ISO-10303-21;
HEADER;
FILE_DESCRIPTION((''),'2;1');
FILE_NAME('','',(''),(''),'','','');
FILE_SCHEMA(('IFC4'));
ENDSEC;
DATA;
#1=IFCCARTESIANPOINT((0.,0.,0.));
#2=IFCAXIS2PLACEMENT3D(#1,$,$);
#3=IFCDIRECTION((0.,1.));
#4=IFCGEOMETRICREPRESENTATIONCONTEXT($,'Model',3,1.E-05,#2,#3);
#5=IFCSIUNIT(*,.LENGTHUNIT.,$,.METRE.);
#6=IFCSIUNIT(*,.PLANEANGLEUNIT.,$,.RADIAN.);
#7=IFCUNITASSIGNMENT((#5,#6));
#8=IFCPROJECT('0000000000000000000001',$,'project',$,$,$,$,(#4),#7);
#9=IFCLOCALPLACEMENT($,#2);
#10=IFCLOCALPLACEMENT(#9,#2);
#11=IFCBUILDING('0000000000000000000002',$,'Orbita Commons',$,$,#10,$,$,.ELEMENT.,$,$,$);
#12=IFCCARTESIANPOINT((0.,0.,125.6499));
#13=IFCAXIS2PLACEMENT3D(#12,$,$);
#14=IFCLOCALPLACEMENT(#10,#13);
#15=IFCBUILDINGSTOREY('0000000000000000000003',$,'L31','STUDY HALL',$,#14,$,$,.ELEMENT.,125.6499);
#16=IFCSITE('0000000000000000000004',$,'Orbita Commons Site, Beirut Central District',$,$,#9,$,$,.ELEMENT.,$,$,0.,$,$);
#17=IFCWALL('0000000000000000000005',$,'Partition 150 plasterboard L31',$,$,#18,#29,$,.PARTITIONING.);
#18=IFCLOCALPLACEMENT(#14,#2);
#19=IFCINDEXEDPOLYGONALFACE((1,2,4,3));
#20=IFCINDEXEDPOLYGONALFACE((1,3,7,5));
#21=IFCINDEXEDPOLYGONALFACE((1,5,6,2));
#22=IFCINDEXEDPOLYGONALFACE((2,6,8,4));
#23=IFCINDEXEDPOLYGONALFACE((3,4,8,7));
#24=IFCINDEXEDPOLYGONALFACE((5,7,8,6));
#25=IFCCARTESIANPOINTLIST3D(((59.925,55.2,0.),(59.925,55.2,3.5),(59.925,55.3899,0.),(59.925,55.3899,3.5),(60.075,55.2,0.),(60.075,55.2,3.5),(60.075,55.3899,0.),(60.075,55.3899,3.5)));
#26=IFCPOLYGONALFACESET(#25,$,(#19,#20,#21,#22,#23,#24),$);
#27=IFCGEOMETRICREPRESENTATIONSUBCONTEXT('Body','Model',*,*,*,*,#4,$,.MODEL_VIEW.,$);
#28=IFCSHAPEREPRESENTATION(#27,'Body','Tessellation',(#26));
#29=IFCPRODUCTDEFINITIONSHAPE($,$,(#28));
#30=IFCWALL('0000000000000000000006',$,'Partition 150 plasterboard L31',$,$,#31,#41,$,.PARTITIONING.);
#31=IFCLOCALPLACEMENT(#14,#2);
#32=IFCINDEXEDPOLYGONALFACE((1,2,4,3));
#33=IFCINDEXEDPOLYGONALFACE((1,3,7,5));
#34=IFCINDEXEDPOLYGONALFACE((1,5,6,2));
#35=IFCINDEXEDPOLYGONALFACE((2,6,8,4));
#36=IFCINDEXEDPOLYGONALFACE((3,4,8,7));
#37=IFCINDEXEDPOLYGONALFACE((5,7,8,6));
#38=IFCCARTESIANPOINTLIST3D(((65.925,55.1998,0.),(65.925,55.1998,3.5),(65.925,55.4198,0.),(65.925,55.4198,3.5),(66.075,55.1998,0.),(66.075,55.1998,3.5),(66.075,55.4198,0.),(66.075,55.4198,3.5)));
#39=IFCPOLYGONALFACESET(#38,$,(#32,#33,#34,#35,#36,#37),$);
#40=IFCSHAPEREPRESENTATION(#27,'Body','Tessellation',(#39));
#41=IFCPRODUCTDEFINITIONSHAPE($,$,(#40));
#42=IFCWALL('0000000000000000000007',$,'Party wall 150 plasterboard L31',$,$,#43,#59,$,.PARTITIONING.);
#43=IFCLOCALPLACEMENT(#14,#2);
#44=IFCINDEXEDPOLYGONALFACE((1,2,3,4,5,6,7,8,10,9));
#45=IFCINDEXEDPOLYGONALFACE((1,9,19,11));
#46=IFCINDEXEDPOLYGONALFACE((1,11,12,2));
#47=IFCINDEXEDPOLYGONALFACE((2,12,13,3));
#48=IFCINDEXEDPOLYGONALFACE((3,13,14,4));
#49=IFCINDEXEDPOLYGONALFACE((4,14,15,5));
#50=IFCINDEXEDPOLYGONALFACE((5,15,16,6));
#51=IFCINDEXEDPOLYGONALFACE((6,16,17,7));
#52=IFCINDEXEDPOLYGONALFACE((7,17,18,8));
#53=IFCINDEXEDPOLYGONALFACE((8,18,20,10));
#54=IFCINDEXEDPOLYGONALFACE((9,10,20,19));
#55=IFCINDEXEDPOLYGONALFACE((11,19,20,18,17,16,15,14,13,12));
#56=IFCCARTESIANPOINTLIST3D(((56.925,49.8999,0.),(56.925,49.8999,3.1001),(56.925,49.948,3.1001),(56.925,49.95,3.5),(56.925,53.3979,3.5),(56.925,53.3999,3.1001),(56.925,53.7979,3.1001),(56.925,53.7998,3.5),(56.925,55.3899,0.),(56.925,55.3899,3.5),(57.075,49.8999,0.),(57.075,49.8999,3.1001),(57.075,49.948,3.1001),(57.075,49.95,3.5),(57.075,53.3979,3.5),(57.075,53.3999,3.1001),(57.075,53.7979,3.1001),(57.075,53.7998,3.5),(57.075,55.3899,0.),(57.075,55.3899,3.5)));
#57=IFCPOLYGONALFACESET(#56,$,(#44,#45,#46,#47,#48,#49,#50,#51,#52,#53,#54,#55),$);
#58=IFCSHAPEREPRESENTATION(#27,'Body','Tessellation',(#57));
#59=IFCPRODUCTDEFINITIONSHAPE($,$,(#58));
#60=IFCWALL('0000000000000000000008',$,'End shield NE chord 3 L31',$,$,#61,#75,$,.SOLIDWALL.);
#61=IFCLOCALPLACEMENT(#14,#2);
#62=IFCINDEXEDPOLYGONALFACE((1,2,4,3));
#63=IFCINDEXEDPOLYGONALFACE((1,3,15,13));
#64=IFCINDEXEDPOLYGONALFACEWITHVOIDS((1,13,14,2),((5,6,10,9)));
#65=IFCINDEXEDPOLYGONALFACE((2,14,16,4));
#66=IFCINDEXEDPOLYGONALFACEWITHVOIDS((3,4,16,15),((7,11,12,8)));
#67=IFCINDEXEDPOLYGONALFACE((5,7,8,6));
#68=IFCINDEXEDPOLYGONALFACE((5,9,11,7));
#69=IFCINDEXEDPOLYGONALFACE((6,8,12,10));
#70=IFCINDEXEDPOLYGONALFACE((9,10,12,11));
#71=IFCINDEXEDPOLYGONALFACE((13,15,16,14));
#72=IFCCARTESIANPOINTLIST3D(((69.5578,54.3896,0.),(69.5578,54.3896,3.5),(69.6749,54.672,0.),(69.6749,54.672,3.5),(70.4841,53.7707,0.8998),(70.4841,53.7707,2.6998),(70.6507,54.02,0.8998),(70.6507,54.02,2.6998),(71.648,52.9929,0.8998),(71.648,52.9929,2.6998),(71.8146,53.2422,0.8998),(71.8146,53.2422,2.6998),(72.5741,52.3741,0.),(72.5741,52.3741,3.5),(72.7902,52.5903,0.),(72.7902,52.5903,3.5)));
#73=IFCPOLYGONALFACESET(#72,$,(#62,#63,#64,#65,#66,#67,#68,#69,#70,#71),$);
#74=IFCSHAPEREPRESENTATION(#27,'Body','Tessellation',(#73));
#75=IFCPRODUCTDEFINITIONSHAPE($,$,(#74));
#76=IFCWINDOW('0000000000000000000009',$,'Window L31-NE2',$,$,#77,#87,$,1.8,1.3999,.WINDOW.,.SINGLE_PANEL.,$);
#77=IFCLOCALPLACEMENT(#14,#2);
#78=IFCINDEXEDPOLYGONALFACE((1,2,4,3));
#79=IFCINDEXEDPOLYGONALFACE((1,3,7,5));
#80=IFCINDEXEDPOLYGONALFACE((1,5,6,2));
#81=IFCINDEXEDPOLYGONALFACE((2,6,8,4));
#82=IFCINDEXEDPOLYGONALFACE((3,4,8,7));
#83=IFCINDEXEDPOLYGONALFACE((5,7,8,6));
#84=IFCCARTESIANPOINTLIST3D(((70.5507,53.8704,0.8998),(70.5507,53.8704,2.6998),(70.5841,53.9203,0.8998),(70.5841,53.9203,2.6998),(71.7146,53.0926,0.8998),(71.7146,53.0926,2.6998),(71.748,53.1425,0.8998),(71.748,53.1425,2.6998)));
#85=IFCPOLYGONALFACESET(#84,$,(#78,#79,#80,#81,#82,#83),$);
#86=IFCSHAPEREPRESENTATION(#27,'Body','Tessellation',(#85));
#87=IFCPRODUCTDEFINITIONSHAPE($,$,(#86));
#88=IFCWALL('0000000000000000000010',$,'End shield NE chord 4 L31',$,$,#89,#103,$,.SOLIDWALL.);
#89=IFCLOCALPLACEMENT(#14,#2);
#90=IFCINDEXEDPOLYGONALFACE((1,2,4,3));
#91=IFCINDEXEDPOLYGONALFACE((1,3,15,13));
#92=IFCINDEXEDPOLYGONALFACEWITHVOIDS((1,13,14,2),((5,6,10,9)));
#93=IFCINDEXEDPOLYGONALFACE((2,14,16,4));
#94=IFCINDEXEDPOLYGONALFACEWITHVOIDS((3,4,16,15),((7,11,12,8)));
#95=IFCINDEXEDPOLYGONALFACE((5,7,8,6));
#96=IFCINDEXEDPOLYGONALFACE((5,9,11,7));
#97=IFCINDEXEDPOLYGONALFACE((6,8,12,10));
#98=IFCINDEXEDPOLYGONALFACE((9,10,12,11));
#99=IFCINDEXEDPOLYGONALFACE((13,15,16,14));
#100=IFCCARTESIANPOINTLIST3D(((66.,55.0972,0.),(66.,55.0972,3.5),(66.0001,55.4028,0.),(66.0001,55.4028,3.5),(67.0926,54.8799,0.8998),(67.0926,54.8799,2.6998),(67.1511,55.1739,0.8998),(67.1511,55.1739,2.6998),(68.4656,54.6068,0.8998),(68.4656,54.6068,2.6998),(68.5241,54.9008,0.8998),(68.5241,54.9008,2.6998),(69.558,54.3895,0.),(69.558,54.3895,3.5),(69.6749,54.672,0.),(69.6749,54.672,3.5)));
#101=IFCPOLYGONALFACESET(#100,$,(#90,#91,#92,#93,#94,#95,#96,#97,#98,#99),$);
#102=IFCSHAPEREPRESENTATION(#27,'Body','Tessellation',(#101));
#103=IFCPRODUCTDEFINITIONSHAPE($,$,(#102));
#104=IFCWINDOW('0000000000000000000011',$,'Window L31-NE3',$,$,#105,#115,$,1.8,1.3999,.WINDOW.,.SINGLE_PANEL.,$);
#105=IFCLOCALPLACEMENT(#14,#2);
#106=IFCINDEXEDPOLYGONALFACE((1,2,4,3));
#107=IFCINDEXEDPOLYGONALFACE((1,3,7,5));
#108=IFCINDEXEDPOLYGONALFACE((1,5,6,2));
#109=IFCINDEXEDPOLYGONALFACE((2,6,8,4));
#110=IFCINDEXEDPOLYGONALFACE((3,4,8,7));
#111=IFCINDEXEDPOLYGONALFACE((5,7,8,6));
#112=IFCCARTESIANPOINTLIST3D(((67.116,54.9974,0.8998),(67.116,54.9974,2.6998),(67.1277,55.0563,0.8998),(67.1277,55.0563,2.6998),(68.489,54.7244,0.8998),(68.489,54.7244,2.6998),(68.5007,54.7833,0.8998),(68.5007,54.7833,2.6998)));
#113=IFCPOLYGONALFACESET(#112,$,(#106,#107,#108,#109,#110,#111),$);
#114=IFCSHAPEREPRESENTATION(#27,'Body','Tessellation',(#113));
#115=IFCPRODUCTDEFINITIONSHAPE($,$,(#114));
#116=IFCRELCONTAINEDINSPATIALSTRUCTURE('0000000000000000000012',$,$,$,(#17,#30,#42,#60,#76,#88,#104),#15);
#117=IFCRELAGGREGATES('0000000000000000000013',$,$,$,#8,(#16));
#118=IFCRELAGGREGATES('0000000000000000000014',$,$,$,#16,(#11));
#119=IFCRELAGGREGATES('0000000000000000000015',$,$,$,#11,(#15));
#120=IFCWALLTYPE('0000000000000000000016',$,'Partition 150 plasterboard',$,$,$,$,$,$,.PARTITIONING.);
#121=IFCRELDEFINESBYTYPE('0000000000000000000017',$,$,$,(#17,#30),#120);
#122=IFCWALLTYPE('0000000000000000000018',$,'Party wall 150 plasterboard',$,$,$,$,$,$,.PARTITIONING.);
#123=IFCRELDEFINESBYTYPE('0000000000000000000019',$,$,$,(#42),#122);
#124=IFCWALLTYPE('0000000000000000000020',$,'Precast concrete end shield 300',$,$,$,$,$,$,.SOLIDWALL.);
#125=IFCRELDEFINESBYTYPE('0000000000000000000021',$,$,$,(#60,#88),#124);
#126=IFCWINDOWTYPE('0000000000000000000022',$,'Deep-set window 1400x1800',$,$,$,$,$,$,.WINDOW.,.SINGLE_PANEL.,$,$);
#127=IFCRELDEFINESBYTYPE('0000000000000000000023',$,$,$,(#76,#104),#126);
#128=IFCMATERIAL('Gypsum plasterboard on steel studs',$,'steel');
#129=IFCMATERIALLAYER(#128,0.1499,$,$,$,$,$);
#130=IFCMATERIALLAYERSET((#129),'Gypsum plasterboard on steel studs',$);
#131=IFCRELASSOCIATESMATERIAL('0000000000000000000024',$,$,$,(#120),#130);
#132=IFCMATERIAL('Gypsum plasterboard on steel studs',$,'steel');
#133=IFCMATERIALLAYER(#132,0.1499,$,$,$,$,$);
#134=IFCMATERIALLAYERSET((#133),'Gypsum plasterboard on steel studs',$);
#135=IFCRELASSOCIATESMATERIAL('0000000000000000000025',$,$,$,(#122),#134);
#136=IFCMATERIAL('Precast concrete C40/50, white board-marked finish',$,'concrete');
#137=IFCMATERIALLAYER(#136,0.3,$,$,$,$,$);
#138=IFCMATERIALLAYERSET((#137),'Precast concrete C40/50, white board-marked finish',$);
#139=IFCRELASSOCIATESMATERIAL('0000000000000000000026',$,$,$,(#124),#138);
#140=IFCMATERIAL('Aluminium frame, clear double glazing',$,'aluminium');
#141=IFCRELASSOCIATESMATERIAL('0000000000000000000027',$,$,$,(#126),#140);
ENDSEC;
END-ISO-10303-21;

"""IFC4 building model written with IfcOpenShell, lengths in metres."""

from ifc_helpers import new_model, si_unit, direction, frame, frame_2d, origin, place, context, subcontext, project, spatial, polyline, rectangle, outline, extrude, material, layer, layer_set, type_object, element, fill, save


model = new_model("IFC4")

# Units and contexts
model_context = context("Model", 3, precision=1e-05, world=origin(), true_north=direction((0.0, 1.0)))
body_context = subcontext(model_context, "Body", "Model", "MODEL_VIEW")
ifc_project = project(units=[si_unit("LENGTHUNIT", "METRE"), si_unit("PLANEANGLEUNIT", "RADIAN")], contexts=[model_context])

# Site, building, storey
site_placement = place(None, origin())
site = spatial("IfcSite", under=ifc_project, at=site_placement, Name="Orbita Commons Site, Beirut Central District", CompositionType="ELEMENT", RefElevation=0.0)
building_placement = place(site_placement, origin())
building = spatial("IfcBuilding", under=site, at=building_placement, Name="Orbita Commons", CompositionType="ELEMENT")
storey_placement = place(building_placement, frame((0.0, 0.0, 125.6499)))
storey = spatial("IfcBuildingStorey", under=building, at=storey_placement, Name="L31", Description="STUDY HALL", CompositionType="ELEMENT", Elevation=125.6499)

# Walls
ifc_material_1 = material(Name="Gypsum plasterboard on steel studs", Category="steel")
ifc_layer_1 = layer(ifc_material_1, 0.1499)
ifc_layer_set_1 = layer_set([ifc_layer_1], Name="Gypsum plasterboard on steel studs")
wall_type_1 = type_object("IfcWallType", Name="Partition 150 plasterboard", PredefinedType="PARTITIONING", material=ifc_layer_set_1)
wall_1_placement = place(storey_placement, frame((60.0, 55.2, 0.0), z_axis=(0.0, 0.0, 1.0), x_axis=(0.0, 1.0, 0.0)))
element("IfcWall", 1, at=wall_1_placement, inside=storey, type_object=wall_type_1, Name="Partition 150 plasterboard L31", PredefinedType="PARTITIONING", context=body_context, shape_type="SweptSolid", body=[
    extrude(rectangle(XDim=0.1899, YDim=0.1499, at=frame_2d((0.095, 0.0))), origin(), (0.0, 0.0, 1.0), 3.5),
])
wall_2_placement = place(storey_placement, frame((66.0, 55.2, 0.0), z_axis=(0.0, 0.0, 1.0), x_axis=(0.0, 1.0, 0.0)))
element("IfcWall", 2, at=wall_2_placement, inside=storey, type_object=wall_type_1, Name="Partition 150 plasterboard L31", PredefinedType="PARTITIONING", context=body_context, shape_type="SweptSolid", body=[
    extrude(rectangle(XDim=0.22, YDim=0.1499, at=frame_2d((0.1099, 0.0))), origin(), (0.0, 0.0, 1.0), 3.5),
])
ifc_material_2 = material(Name="Gypsum plasterboard on steel studs", Category="steel")
ifc_layer_2 = layer(ifc_material_2, 0.1499)
ifc_layer_set_2 = layer_set([ifc_layer_2], Name="Gypsum plasterboard on steel studs")
wall_type_2 = type_object("IfcWallType", Name="Party wall 150 plasterboard", PredefinedType="PARTITIONING", material=ifc_layer_set_2)
wall_3_placement = place(storey_placement, frame((57.0, 55.3899, 0.0), z_axis=(0.0, 0.0, 1.0), x_axis=(0.0, -1.0, 0.0)))
element("IfcWall", 3, at=wall_3_placement, inside=storey, type_object=wall_type_2, Name="Party wall 150 plasterboard L31", PredefinedType="PARTITIONING", context=body_context, shape_type="SweptSolid", body=[
    extrude(outline(polyline([(0.0, 0.0), (5.49, 0.0), (5.49, 3.1001), (5.4419, 3.1001), (5.4399, 3.5), (1.9919, 3.5), (1.99, 3.1001), (1.592, 3.1001), (1.5901, 3.5), (0.0, 3.5), (0.0, 0.0)])), frame((0.0, 0.075, 0.0), z_axis=(0.0, -1.0, 0.0), x_axis=(1.0, 0.0, 0.0)), (0.0, 0.0, 1.0), 0.1499),
])

# Walls, openings, windows
ifc_material_3 = material(Name="Precast concrete C40/50, white board-marked finish", Category="concrete")
ifc_layer_3 = layer(ifc_material_3, 0.3)
ifc_layer_set_3 = layer_set([ifc_layer_3], Name="Precast concrete C40/50, white board-marked finish")
wall_type_3 = type_object("IfcWallType", Name="Precast concrete end shield 300", PredefinedType="SOLIDWALL", material=ifc_layer_set_3)
wall_4_placement = place(storey_placement, frame((72.6821, 52.4822, 0.0), z_axis=(0.0, 0.0, 1.0), x_axis=(-0.831449, 0.555601, 0.0)))
wall_4 = element("IfcWall", 4, at=wall_4_placement, inside=storey, type_object=wall_type_3, Name="End shield NE chord 3 L31", PredefinedType="SOLIDWALL", context=body_context, shape_type="SweptSolid", body=[
    extrude(outline(polyline([(-0.0298, -0.1499), (3.717, -0.1499), (3.6575, 0.1499), (0.0298, 0.1499), (-0.0298, -0.1499)])), origin(), (0.0, 0.0, 1.0), 3.5),
])
opening_1_placement = place(wall_4_placement, frame((1.1436, 0.0, 0.8999)))
opening_1 = element("IfcOpeningElement", 5, at=opening_1_placement, cuts=wall_4, PredefinedType="OPENING", context=body_context, shape_type="SweptSolid", body=[
    extrude(rectangle(XDim=1.3999, YDim=1.8, at=frame_2d((0.7, 0.8999))), frame((0.0, 0.1599, 0.0), z_axis=(0.0, -1.0, 0.0), x_axis=(1.0, 0.0, 0.0)), (0.0, 0.0, 1.0), 0.3201),
])
ifc_material_4 = material(Name="Aluminium frame, clear double glazing", Category="aluminium")
window_type = type_object("IfcWindowType", Name="Deep-set window 1400x1800", PartitioningType="SINGLE_PANEL", PredefinedType="WINDOW", material=ifc_material_4)
window_1_placement = place(opening_1_placement, origin())
window_1 = element("IfcWindow", 6, at=window_1_placement, inside=storey, type_object=window_type, Name="Window L31-NE2", OverallHeight=1.8, OverallWidth=1.3999, PartitioningType="SINGLE_PANEL", PredefinedType="WINDOW", context=body_context, shape_type="SweptSolid", body=[
    extrude(rectangle(XDim=1.3999, YDim=1.8, at=frame_2d((0.7, 0.8999))), frame((0.0, 0.03, 0.0), z_axis=(0.0, -1.0, 0.0), x_axis=(1.0, 0.0, 0.0)), (0.0, 0.0, 1.0), 0.0601),
])
fill(opening_1, window_1)
wall_5_placement = place(storey_placement, frame((69.6165, 54.5308, 0.0), z_axis=(0.0, 0.0, 1.0), x_axis=(-0.980791, 0.195059, 0.0)))
wall_5 = element("IfcWall", 7, at=wall_5_placement, inside=storey, type_object=wall_type_3, Name="End shield NE chord 4 L31", PredefinedType="SOLIDWALL", context=body_context, shape_type="SweptSolid", body=[
    extrude(outline(polyline([(-0.0298, -0.1499), (3.717, -0.1499), (3.6575, 0.1499), (0.0298, 0.1499), (-0.0298, -0.1499)])), origin(), (0.0, 0.0, 1.0), 3.5),
])
opening_2_placement = place(wall_5_placement, frame((1.1436, 0.0, 0.8999)))
opening_2 = element("IfcOpeningElement", 8, at=opening_2_placement, cuts=wall_5, PredefinedType="OPENING", context=body_context, shape_type="SweptSolid", body=[
    extrude(rectangle(XDim=1.3999, YDim=1.8, at=frame_2d((0.7, 0.8999))), frame((0.0, 0.1599, 0.0), z_axis=(0.0, -1.0, 0.0), x_axis=(1.0, 0.0, 0.0)), (0.0, 0.0, 1.0), 0.3201),
])
window_2_placement = place(opening_2_placement, origin())
window_2 = element("IfcWindow", 9, at=window_2_placement, inside=storey, type_object=window_type, Name="Window L31-NE3", OverallHeight=1.8, OverallWidth=1.3999, PartitioningType="SINGLE_PANEL", PredefinedType="WINDOW", context=body_context, shape_type="SweptSolid", body=[
    extrude(rectangle(XDim=1.3999, YDim=1.8, at=frame_2d((0.7, 0.8999))), frame((0.0, 0.03, 0.0), z_axis=(0.0, -1.0, 0.0), x_axis=(1.0, 0.0, 0.0)), (0.0, 0.0, 1.0), 0.0601),
])
fill(opening_2, window_2)

save(model, "model.ifc")
